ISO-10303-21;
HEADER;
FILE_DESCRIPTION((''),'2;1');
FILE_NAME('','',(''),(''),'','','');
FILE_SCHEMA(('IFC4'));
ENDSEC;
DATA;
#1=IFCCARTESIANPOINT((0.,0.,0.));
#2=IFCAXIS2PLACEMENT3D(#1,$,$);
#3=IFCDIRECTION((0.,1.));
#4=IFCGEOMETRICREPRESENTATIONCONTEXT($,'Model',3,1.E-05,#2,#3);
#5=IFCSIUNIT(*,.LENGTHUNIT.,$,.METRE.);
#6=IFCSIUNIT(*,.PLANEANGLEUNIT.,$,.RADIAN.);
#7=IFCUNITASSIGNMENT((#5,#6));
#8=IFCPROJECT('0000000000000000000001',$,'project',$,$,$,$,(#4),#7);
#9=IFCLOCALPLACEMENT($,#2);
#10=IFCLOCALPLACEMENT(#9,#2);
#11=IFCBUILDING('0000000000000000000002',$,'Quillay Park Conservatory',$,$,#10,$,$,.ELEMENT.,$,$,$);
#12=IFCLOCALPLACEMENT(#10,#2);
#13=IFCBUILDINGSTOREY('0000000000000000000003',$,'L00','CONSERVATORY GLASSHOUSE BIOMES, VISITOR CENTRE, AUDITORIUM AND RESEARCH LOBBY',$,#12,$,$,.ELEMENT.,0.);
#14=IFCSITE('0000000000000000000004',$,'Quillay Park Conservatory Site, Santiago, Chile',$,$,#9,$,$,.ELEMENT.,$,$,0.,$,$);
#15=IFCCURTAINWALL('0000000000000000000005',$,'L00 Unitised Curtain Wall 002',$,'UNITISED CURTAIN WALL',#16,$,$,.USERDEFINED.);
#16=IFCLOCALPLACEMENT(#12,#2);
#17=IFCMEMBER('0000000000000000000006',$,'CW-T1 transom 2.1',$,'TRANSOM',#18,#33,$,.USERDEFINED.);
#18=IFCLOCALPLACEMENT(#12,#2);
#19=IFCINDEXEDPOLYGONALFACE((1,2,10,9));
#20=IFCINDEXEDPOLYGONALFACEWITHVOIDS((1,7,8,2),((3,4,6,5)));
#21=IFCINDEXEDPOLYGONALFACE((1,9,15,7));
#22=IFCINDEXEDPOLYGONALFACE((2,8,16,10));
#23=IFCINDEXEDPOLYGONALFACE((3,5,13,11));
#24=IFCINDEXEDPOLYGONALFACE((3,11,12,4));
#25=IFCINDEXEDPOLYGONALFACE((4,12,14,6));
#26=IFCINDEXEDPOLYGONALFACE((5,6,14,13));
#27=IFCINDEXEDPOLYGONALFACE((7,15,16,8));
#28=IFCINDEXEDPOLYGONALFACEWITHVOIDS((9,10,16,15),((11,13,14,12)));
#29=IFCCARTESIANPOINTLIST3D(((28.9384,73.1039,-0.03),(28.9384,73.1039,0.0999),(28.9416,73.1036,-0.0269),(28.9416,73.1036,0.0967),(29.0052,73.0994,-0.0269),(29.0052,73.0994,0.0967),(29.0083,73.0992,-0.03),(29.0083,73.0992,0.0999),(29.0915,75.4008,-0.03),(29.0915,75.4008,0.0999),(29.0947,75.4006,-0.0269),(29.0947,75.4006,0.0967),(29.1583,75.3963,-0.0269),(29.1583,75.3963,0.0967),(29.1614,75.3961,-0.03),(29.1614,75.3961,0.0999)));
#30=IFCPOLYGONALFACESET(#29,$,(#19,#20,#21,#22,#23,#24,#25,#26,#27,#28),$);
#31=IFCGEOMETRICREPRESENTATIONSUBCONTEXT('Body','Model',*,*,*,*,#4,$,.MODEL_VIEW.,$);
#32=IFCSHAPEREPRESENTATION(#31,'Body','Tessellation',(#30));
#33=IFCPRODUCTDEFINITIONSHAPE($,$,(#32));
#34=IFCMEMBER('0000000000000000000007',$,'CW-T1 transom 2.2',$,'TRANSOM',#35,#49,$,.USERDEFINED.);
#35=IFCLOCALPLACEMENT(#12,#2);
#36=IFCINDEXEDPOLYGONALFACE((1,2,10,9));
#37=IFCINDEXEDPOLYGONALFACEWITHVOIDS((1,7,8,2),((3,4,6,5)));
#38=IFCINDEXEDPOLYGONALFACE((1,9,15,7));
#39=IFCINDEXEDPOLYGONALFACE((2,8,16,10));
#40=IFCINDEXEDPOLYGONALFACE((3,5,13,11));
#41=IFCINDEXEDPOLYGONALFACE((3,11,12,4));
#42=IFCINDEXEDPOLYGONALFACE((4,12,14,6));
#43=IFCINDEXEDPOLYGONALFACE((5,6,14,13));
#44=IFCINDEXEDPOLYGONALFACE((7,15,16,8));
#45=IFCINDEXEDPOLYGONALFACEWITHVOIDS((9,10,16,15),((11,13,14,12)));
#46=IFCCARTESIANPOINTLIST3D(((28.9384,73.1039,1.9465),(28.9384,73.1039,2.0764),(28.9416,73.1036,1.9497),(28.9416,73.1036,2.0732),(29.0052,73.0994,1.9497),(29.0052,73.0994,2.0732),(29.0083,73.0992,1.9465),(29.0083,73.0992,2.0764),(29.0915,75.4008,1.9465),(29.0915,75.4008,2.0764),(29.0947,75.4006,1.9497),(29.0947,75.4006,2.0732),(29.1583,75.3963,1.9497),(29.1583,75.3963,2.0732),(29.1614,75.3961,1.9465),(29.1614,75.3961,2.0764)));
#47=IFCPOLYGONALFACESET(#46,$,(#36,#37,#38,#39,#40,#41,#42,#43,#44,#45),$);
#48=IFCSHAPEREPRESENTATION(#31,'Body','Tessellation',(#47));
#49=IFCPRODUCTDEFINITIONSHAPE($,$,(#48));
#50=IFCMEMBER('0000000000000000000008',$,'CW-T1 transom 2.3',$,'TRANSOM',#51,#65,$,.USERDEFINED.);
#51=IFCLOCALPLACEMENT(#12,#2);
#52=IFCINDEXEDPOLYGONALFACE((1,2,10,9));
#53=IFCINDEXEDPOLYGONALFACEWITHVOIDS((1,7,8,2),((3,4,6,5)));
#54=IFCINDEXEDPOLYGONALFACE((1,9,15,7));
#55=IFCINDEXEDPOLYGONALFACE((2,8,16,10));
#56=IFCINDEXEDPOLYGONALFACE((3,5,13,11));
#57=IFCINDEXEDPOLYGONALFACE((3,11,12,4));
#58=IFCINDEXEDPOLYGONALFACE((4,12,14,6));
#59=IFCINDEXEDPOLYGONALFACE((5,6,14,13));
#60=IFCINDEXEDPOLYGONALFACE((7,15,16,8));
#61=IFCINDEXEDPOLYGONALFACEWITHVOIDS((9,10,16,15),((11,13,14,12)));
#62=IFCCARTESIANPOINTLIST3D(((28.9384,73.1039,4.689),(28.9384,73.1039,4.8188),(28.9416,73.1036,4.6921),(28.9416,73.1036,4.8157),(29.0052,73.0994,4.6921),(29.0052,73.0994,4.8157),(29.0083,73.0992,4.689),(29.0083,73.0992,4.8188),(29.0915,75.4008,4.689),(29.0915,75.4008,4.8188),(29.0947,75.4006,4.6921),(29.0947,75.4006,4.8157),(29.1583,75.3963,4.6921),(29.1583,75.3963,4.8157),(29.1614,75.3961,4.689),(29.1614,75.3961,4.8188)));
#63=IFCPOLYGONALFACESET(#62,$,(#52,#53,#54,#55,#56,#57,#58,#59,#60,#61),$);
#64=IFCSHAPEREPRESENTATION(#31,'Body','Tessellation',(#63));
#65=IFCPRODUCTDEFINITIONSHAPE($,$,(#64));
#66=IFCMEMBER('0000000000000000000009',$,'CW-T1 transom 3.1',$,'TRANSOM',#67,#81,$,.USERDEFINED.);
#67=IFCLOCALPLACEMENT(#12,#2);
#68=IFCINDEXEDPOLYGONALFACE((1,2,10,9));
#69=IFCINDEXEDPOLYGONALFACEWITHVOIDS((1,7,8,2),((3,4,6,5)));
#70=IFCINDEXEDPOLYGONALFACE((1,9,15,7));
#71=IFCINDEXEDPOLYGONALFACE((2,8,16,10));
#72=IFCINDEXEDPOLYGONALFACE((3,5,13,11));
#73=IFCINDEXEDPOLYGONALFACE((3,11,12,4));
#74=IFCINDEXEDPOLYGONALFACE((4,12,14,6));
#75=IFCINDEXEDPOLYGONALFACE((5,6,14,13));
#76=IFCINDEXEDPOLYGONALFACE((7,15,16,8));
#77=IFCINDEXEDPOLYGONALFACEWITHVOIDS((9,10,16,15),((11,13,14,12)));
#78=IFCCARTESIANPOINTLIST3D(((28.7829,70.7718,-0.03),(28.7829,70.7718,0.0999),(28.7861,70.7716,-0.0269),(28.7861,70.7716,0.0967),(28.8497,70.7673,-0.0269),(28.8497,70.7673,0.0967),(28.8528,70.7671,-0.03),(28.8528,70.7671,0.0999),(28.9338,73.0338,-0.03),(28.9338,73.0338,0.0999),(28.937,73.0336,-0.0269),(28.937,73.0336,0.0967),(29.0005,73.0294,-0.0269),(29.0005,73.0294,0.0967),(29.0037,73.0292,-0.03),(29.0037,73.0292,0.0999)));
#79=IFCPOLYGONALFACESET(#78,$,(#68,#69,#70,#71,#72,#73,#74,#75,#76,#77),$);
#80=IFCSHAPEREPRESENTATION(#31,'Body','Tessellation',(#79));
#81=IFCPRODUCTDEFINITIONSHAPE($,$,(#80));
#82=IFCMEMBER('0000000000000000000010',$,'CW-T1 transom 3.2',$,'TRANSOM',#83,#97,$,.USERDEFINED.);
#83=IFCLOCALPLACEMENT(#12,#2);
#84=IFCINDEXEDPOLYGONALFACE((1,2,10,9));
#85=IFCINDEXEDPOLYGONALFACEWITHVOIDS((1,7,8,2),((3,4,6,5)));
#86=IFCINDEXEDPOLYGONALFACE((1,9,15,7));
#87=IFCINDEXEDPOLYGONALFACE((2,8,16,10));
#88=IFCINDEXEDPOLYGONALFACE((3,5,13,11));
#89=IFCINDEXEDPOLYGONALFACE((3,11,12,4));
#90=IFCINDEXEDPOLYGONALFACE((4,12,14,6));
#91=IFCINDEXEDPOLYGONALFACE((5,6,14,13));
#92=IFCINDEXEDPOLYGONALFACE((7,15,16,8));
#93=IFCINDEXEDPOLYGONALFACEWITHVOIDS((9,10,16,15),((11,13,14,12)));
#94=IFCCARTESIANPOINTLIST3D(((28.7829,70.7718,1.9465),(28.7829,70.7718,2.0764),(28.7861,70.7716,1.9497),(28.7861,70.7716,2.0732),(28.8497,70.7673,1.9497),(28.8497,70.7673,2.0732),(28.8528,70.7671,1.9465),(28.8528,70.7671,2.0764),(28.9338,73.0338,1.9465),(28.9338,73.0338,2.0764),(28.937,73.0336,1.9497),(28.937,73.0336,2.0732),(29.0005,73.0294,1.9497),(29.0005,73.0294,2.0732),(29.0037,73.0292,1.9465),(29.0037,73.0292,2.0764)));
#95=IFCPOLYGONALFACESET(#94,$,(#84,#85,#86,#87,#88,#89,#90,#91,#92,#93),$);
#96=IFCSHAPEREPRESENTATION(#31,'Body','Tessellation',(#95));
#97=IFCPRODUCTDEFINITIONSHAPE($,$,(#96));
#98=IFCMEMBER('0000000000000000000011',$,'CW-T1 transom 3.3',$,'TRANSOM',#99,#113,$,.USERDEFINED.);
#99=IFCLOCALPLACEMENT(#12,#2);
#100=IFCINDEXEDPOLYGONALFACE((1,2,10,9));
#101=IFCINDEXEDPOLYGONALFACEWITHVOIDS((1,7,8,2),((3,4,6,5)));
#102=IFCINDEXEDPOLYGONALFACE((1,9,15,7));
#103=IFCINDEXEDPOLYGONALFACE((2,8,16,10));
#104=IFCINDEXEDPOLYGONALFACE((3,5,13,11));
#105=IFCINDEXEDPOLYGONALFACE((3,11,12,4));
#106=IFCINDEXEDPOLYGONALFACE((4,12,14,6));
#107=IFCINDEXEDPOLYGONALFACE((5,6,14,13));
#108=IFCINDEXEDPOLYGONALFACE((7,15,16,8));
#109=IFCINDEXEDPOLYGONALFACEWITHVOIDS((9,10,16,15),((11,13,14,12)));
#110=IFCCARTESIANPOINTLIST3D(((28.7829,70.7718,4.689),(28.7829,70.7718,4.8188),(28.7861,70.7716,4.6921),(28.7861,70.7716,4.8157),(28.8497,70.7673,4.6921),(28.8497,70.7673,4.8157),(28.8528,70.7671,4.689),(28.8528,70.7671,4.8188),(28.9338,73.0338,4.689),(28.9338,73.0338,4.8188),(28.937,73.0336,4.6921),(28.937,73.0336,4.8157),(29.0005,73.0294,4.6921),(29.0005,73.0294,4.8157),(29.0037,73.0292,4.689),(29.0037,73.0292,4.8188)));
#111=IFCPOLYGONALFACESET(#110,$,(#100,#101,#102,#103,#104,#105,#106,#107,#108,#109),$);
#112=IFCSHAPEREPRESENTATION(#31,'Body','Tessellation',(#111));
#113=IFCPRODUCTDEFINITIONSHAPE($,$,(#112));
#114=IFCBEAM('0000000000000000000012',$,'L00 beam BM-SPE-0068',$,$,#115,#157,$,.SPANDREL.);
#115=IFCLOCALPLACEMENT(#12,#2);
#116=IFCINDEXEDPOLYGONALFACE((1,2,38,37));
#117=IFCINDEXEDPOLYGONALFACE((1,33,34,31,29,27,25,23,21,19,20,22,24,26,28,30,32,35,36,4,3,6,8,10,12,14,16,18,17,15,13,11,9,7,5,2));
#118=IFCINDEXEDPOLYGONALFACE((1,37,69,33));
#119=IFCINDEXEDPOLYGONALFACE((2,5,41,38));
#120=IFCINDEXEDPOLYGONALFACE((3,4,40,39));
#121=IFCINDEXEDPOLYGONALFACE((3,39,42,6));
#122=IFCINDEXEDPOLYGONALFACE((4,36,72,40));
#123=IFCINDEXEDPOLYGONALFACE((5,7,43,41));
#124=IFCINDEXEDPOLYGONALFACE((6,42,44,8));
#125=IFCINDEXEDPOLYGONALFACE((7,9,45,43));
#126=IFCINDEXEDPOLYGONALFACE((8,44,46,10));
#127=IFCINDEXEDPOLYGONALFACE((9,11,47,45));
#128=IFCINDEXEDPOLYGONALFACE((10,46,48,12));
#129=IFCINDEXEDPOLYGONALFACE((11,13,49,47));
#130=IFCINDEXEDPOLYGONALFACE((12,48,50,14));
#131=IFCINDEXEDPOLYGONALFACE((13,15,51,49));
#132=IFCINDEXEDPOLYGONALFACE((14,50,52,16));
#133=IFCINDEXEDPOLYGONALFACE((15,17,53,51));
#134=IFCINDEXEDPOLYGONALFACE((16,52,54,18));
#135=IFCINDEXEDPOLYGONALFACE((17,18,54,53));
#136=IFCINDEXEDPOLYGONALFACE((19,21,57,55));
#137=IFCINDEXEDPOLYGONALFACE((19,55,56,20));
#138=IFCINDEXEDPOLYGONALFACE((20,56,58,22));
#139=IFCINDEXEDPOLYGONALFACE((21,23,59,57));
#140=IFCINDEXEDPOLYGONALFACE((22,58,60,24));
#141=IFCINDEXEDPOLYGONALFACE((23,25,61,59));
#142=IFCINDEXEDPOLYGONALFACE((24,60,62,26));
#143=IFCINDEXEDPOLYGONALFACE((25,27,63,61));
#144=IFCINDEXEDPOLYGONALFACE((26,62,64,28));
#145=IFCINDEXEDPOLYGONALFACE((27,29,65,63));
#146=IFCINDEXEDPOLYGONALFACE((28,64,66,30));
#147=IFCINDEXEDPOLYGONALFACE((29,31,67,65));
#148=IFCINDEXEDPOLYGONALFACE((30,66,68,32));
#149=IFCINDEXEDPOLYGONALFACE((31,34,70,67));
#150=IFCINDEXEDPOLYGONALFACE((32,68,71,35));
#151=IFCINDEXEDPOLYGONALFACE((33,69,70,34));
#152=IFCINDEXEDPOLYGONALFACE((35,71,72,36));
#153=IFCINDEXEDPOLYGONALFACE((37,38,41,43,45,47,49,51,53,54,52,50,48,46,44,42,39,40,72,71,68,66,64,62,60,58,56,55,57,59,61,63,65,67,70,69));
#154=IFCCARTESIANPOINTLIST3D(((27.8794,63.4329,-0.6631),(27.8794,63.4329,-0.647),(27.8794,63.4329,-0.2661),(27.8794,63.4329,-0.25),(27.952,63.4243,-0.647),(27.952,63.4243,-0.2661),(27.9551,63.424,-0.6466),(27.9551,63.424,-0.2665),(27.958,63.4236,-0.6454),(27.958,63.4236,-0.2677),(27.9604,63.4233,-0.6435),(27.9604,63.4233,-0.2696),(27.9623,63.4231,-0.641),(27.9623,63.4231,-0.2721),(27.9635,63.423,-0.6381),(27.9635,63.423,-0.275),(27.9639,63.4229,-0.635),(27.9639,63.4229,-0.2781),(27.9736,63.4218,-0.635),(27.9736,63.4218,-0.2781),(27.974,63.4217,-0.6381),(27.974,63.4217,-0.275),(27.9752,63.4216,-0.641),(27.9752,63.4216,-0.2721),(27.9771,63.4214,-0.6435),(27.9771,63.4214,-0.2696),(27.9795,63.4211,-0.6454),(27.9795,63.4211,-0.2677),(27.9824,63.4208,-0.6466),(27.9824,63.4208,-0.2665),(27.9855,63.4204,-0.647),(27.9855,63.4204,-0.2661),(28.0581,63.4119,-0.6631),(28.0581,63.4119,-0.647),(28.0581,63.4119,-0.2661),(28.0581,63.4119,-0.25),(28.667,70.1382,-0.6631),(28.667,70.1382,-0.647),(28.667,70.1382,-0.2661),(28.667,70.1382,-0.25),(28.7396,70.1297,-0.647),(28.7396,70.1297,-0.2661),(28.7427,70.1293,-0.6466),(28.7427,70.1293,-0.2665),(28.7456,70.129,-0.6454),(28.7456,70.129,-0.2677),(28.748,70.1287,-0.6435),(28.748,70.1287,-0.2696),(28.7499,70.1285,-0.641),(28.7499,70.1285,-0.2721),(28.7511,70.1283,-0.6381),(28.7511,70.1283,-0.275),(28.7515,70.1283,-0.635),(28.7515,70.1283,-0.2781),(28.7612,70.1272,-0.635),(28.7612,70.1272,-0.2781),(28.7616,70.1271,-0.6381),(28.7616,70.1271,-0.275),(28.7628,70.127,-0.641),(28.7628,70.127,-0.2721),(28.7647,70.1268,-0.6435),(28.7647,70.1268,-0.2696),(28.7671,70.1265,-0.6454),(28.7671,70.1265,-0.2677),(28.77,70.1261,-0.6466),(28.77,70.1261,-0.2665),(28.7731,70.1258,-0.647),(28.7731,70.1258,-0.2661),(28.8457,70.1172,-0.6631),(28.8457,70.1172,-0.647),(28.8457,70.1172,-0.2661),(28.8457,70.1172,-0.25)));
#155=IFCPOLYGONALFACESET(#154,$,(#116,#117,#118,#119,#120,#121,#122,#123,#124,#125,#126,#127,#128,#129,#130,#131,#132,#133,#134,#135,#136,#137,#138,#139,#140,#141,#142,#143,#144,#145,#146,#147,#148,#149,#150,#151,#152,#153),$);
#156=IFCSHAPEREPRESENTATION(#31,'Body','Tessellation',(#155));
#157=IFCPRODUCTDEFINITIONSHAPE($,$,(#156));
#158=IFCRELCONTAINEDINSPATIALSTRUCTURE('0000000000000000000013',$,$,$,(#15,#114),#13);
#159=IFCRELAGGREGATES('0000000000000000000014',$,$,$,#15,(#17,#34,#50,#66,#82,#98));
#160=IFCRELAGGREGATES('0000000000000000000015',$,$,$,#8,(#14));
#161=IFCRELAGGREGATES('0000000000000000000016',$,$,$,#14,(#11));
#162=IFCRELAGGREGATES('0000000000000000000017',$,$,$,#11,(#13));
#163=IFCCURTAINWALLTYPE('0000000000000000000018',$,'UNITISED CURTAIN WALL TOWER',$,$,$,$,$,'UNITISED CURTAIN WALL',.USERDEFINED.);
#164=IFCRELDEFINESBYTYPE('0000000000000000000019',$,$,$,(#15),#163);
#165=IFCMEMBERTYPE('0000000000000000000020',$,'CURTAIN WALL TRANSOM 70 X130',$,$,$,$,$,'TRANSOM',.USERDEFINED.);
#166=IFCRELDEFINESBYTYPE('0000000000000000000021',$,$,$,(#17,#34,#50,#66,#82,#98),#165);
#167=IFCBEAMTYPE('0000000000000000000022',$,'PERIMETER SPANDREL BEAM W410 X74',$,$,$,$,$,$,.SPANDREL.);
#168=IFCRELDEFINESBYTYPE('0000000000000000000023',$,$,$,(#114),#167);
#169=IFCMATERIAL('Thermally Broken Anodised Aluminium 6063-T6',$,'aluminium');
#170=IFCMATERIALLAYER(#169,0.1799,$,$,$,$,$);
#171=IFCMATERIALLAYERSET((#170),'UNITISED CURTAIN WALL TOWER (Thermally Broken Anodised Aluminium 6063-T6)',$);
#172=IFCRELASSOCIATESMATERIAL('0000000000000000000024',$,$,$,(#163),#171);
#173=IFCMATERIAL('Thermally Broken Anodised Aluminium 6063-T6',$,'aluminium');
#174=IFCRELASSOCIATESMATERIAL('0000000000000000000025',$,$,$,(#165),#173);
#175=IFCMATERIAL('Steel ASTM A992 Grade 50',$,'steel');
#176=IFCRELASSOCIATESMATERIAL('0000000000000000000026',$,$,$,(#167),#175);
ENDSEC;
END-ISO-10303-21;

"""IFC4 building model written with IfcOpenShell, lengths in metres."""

from ifc_helpers import new_model, si_unit, direction, frame, origin, origin_2d, place, context, subcontext, project, spatial, hollow_rectangle, i_section, extrude, material, layer, layer_set, material_profile, profile_set, type_object, element, aggregate, save


model = new_model("IFC4")

# Units and contexts
model_context = context("Model", 3, precision=1e-05, world=origin(), true_north=direction((0.0, 1.0)))
body_context = subcontext(model_context, "Body", "Model", "MODEL_VIEW")
ifc_project = project(units=[si_unit("LENGTHUNIT", "METRE"), si_unit("PLANEANGLEUNIT", "RADIAN")], contexts=[model_context])

# Site, building, storey
site_placement = place(None, origin())
site = spatial("IfcSite", under=ifc_project, at=site_placement, Name="Quillay Park Conservatory Site, Santiago, Chile", CompositionType="ELEMENT", RefElevation=0.0)
building_placement = place(site_placement, origin())
building = spatial("IfcBuilding", under=site, at=building_placement, Name="Quillay Park Conservatory", CompositionType="ELEMENT")
storey_placement = place(building_placement, origin())
storey = spatial("IfcBuildingStorey", under=building, at=storey_placement, Name="L00", Description="CONSERVATORY GLASSHOUSE BIOMES, VISITOR CENTRE, AUDITORIUM AND RESEARCH LOBBY", CompositionType="ELEMENT", Elevation=0.0)

# Curtain wall
ifc_material_1 = material(Name="Thermally Broken Anodised Aluminium 6063-T6", Category="aluminium")
ifc_layer_1 = layer(ifc_material_1, 0.1799)
ifc_layer_set_1 = layer_set([ifc_layer_1], Name="UNITISED CURTAIN WALL TOWER (Thermally Broken Anodised Aluminium 6063-T6)")
curtain_wall_type = type_object("IfcCurtainWallType", Name="UNITISED CURTAIN WALL TOWER", ElementType="UNITISED CURTAIN WALL", PredefinedType="USERDEFINED", material=ifc_layer_set_1)
curtain_wall_1_placement = place(storey_placement, origin())
curtain_wall_1 = element("IfcCurtainWall", 1, at=curtain_wall_1_placement, inside=storey, type_object=curtain_wall_type, Name="L00 Unitised Curtain Wall 002", ObjectType="UNITISED CURTAIN WALL", PredefinedType="USERDEFINED")

# Members
ifc_material_2 = material(Name="Thermally Broken Anodised Aluminium 6063-T6", Category="aluminium")
ifc_material_profile_1 = material_profile(ifc_material_2, hollow_rectangle(XDim=0.0701, YDim=0.1299, WallThickness=0.0032, at=origin_2d()), Name="AL70x130x3.2")
ifc_profile_set_1 = profile_set([ifc_material_profile_1], Name="Thermally Broken Anodised Aluminium 6063-T6")
member_type_1 = type_object("IfcMemberType", Name="CURTAIN WALL TRANSOM 70 X130", ElementType="TRANSOM", PredefinedType="USERDEFINED", material=ifc_profile_set_1)
member_1_placement = place(storey_placement, frame((29.1265, 75.3984, 0.0349), z_axis=(-0.066498, -0.997787, 0.0), x_axis=(0.997787, -0.066498, 0.0)))
member_1 = element("IfcMember", 2, at=member_1_placement, type_object=member_type_1, Name="CW-T1 transom 2.1", ObjectType="TRANSOM", PredefinedType="USERDEFINED", context=body_context, shape_type="SweptSolid", body=[
    extrude(hollow_rectangle(XDim=0.0701, YDim=0.1299, WallThickness=0.0032, at=origin_2d()), origin(), (0.0, 0.0, 1.0), 2.302),
])
member_2_placement = place(storey_placement, frame((29.1265, 75.3984, 2.0115), z_axis=(-0.066498, -0.997787, 0.0), x_axis=(0.997787, -0.066498, 0.0)))
member_2 = element("IfcMember", 3, at=member_2_placement, type_object=member_type_1, Name="CW-T1 transom 2.2", ObjectType="TRANSOM", PredefinedType="USERDEFINED", context=body_context, shape_type="SweptSolid", body=[
    extrude(hollow_rectangle(XDim=0.0701, YDim=0.1299, WallThickness=0.0032, at=origin_2d()), origin(), (0.0, 0.0, 1.0), 2.302),
])
member_3_placement = place(storey_placement, frame((29.1265, 75.3984, 4.7539), z_axis=(-0.066498, -0.997787, 0.0), x_axis=(0.997787, -0.066498, 0.0)))
member_3 = element("IfcMember", 4, at=member_3_placement, type_object=member_type_1, Name="CW-T1 transom 2.3", ObjectType="TRANSOM", PredefinedType="USERDEFINED", context=body_context, shape_type="SweptSolid", body=[
    extrude(hollow_rectangle(XDim=0.0701, YDim=0.1299, WallThickness=0.0032, at=origin_2d()), origin(), (0.0, 0.0, 1.0), 2.302),
])
member_4_placement = place(storey_placement, frame((28.9688, 73.0315, 0.0349), z_axis=(-0.066555, -0.997783, 0.0), x_axis=(0.997783, -0.066555, 0.0)))
member_4 = element("IfcMember", 5, at=member_4_placement, type_object=member_type_1, Name="CW-T1 transom 3.1", ObjectType="TRANSOM", PredefinedType="USERDEFINED", context=body_context, shape_type="SweptSolid", body=[
    extrude(hollow_rectangle(XDim=0.0701, YDim=0.1299, WallThickness=0.0032, at=origin_2d()), origin(), (0.0, 0.0, 1.0), 2.2671),
])
member_5_placement = place(storey_placement, frame((28.9688, 73.0315, 2.0115), z_axis=(-0.066555, -0.997783, 0.0), x_axis=(0.997783, -0.066555, 0.0)))
member_5 = element("IfcMember", 6, at=member_5_placement, type_object=member_type_1, Name="CW-T1 transom 3.2", ObjectType="TRANSOM", PredefinedType="USERDEFINED", context=body_context, shape_type="SweptSolid", body=[
    extrude(hollow_rectangle(XDim=0.0701, YDim=0.1299, WallThickness=0.0032, at=origin_2d()), origin(), (0.0, 0.0, 1.0), 2.2671),
])
member_6_placement = place(storey_placement, frame((28.9688, 73.0315, 4.7539), z_axis=(-0.066555, -0.997783, 0.0), x_axis=(0.997783, -0.066555, 0.0)))
member_6 = element("IfcMember", 7, at=member_6_placement, type_object=member_type_1, Name="CW-T1 transom 3.3", ObjectType="TRANSOM", PredefinedType="USERDEFINED", context=body_context, shape_type="SweptSolid", body=[
    extrude(hollow_rectangle(XDim=0.0701, YDim=0.1299, WallThickness=0.0032, at=origin_2d()), origin(), (0.0, 0.0, 1.0), 2.2671),
])

# Beam
ifc_material_3 = material(Name="Steel ASTM A992 Grade 50", Category="steel")
ifc_material_profile_2 = material_profile(ifc_material_3, i_section(OverallWidth=0.1799, OverallDepth=0.4131, WebThickness=0.0098, FlangeThickness=0.0161, FilletRadius=0.012, at=origin_2d()), Name="W410x74")
ifc_profile_set_2 = profile_set([ifc_material_profile_2], Name="Steel ASTM A992 Grade 50")
beam_type = type_object("IfcBeamType", Name="PERIMETER SPANDREL BEAM W410 X74", PredefinedType="SPANDREL", material=ifc_profile_set_2)
beam_1_placement = place(storey_placement, frame((27.9688, 63.4224, -0.4565), z_axis=(0.116657, 0.993172, 0.0), x_axis=(-0.993172, 0.116657, 0.0)))
element("IfcBeam", 8, at=beam_1_placement, inside=storey, type_object=beam_type, Name="L00 beam BM-SPE-0068", PredefinedType="SPANDREL", context=body_context, shape_type="SweptSolid", body=[
    extrude(i_section(OverallWidth=0.1799, OverallDepth=0.4131, WebThickness=0.0098, FlangeThickness=0.0161, FilletRadius=0.012, at=origin_2d()), origin(), (0.0, 0.0, 1.0), 6.7515),
])

aggregate(curtain_wall_1, [member_1, member_2, member_3, member_4, member_5, member_6])

save(model, "model.ifc")
